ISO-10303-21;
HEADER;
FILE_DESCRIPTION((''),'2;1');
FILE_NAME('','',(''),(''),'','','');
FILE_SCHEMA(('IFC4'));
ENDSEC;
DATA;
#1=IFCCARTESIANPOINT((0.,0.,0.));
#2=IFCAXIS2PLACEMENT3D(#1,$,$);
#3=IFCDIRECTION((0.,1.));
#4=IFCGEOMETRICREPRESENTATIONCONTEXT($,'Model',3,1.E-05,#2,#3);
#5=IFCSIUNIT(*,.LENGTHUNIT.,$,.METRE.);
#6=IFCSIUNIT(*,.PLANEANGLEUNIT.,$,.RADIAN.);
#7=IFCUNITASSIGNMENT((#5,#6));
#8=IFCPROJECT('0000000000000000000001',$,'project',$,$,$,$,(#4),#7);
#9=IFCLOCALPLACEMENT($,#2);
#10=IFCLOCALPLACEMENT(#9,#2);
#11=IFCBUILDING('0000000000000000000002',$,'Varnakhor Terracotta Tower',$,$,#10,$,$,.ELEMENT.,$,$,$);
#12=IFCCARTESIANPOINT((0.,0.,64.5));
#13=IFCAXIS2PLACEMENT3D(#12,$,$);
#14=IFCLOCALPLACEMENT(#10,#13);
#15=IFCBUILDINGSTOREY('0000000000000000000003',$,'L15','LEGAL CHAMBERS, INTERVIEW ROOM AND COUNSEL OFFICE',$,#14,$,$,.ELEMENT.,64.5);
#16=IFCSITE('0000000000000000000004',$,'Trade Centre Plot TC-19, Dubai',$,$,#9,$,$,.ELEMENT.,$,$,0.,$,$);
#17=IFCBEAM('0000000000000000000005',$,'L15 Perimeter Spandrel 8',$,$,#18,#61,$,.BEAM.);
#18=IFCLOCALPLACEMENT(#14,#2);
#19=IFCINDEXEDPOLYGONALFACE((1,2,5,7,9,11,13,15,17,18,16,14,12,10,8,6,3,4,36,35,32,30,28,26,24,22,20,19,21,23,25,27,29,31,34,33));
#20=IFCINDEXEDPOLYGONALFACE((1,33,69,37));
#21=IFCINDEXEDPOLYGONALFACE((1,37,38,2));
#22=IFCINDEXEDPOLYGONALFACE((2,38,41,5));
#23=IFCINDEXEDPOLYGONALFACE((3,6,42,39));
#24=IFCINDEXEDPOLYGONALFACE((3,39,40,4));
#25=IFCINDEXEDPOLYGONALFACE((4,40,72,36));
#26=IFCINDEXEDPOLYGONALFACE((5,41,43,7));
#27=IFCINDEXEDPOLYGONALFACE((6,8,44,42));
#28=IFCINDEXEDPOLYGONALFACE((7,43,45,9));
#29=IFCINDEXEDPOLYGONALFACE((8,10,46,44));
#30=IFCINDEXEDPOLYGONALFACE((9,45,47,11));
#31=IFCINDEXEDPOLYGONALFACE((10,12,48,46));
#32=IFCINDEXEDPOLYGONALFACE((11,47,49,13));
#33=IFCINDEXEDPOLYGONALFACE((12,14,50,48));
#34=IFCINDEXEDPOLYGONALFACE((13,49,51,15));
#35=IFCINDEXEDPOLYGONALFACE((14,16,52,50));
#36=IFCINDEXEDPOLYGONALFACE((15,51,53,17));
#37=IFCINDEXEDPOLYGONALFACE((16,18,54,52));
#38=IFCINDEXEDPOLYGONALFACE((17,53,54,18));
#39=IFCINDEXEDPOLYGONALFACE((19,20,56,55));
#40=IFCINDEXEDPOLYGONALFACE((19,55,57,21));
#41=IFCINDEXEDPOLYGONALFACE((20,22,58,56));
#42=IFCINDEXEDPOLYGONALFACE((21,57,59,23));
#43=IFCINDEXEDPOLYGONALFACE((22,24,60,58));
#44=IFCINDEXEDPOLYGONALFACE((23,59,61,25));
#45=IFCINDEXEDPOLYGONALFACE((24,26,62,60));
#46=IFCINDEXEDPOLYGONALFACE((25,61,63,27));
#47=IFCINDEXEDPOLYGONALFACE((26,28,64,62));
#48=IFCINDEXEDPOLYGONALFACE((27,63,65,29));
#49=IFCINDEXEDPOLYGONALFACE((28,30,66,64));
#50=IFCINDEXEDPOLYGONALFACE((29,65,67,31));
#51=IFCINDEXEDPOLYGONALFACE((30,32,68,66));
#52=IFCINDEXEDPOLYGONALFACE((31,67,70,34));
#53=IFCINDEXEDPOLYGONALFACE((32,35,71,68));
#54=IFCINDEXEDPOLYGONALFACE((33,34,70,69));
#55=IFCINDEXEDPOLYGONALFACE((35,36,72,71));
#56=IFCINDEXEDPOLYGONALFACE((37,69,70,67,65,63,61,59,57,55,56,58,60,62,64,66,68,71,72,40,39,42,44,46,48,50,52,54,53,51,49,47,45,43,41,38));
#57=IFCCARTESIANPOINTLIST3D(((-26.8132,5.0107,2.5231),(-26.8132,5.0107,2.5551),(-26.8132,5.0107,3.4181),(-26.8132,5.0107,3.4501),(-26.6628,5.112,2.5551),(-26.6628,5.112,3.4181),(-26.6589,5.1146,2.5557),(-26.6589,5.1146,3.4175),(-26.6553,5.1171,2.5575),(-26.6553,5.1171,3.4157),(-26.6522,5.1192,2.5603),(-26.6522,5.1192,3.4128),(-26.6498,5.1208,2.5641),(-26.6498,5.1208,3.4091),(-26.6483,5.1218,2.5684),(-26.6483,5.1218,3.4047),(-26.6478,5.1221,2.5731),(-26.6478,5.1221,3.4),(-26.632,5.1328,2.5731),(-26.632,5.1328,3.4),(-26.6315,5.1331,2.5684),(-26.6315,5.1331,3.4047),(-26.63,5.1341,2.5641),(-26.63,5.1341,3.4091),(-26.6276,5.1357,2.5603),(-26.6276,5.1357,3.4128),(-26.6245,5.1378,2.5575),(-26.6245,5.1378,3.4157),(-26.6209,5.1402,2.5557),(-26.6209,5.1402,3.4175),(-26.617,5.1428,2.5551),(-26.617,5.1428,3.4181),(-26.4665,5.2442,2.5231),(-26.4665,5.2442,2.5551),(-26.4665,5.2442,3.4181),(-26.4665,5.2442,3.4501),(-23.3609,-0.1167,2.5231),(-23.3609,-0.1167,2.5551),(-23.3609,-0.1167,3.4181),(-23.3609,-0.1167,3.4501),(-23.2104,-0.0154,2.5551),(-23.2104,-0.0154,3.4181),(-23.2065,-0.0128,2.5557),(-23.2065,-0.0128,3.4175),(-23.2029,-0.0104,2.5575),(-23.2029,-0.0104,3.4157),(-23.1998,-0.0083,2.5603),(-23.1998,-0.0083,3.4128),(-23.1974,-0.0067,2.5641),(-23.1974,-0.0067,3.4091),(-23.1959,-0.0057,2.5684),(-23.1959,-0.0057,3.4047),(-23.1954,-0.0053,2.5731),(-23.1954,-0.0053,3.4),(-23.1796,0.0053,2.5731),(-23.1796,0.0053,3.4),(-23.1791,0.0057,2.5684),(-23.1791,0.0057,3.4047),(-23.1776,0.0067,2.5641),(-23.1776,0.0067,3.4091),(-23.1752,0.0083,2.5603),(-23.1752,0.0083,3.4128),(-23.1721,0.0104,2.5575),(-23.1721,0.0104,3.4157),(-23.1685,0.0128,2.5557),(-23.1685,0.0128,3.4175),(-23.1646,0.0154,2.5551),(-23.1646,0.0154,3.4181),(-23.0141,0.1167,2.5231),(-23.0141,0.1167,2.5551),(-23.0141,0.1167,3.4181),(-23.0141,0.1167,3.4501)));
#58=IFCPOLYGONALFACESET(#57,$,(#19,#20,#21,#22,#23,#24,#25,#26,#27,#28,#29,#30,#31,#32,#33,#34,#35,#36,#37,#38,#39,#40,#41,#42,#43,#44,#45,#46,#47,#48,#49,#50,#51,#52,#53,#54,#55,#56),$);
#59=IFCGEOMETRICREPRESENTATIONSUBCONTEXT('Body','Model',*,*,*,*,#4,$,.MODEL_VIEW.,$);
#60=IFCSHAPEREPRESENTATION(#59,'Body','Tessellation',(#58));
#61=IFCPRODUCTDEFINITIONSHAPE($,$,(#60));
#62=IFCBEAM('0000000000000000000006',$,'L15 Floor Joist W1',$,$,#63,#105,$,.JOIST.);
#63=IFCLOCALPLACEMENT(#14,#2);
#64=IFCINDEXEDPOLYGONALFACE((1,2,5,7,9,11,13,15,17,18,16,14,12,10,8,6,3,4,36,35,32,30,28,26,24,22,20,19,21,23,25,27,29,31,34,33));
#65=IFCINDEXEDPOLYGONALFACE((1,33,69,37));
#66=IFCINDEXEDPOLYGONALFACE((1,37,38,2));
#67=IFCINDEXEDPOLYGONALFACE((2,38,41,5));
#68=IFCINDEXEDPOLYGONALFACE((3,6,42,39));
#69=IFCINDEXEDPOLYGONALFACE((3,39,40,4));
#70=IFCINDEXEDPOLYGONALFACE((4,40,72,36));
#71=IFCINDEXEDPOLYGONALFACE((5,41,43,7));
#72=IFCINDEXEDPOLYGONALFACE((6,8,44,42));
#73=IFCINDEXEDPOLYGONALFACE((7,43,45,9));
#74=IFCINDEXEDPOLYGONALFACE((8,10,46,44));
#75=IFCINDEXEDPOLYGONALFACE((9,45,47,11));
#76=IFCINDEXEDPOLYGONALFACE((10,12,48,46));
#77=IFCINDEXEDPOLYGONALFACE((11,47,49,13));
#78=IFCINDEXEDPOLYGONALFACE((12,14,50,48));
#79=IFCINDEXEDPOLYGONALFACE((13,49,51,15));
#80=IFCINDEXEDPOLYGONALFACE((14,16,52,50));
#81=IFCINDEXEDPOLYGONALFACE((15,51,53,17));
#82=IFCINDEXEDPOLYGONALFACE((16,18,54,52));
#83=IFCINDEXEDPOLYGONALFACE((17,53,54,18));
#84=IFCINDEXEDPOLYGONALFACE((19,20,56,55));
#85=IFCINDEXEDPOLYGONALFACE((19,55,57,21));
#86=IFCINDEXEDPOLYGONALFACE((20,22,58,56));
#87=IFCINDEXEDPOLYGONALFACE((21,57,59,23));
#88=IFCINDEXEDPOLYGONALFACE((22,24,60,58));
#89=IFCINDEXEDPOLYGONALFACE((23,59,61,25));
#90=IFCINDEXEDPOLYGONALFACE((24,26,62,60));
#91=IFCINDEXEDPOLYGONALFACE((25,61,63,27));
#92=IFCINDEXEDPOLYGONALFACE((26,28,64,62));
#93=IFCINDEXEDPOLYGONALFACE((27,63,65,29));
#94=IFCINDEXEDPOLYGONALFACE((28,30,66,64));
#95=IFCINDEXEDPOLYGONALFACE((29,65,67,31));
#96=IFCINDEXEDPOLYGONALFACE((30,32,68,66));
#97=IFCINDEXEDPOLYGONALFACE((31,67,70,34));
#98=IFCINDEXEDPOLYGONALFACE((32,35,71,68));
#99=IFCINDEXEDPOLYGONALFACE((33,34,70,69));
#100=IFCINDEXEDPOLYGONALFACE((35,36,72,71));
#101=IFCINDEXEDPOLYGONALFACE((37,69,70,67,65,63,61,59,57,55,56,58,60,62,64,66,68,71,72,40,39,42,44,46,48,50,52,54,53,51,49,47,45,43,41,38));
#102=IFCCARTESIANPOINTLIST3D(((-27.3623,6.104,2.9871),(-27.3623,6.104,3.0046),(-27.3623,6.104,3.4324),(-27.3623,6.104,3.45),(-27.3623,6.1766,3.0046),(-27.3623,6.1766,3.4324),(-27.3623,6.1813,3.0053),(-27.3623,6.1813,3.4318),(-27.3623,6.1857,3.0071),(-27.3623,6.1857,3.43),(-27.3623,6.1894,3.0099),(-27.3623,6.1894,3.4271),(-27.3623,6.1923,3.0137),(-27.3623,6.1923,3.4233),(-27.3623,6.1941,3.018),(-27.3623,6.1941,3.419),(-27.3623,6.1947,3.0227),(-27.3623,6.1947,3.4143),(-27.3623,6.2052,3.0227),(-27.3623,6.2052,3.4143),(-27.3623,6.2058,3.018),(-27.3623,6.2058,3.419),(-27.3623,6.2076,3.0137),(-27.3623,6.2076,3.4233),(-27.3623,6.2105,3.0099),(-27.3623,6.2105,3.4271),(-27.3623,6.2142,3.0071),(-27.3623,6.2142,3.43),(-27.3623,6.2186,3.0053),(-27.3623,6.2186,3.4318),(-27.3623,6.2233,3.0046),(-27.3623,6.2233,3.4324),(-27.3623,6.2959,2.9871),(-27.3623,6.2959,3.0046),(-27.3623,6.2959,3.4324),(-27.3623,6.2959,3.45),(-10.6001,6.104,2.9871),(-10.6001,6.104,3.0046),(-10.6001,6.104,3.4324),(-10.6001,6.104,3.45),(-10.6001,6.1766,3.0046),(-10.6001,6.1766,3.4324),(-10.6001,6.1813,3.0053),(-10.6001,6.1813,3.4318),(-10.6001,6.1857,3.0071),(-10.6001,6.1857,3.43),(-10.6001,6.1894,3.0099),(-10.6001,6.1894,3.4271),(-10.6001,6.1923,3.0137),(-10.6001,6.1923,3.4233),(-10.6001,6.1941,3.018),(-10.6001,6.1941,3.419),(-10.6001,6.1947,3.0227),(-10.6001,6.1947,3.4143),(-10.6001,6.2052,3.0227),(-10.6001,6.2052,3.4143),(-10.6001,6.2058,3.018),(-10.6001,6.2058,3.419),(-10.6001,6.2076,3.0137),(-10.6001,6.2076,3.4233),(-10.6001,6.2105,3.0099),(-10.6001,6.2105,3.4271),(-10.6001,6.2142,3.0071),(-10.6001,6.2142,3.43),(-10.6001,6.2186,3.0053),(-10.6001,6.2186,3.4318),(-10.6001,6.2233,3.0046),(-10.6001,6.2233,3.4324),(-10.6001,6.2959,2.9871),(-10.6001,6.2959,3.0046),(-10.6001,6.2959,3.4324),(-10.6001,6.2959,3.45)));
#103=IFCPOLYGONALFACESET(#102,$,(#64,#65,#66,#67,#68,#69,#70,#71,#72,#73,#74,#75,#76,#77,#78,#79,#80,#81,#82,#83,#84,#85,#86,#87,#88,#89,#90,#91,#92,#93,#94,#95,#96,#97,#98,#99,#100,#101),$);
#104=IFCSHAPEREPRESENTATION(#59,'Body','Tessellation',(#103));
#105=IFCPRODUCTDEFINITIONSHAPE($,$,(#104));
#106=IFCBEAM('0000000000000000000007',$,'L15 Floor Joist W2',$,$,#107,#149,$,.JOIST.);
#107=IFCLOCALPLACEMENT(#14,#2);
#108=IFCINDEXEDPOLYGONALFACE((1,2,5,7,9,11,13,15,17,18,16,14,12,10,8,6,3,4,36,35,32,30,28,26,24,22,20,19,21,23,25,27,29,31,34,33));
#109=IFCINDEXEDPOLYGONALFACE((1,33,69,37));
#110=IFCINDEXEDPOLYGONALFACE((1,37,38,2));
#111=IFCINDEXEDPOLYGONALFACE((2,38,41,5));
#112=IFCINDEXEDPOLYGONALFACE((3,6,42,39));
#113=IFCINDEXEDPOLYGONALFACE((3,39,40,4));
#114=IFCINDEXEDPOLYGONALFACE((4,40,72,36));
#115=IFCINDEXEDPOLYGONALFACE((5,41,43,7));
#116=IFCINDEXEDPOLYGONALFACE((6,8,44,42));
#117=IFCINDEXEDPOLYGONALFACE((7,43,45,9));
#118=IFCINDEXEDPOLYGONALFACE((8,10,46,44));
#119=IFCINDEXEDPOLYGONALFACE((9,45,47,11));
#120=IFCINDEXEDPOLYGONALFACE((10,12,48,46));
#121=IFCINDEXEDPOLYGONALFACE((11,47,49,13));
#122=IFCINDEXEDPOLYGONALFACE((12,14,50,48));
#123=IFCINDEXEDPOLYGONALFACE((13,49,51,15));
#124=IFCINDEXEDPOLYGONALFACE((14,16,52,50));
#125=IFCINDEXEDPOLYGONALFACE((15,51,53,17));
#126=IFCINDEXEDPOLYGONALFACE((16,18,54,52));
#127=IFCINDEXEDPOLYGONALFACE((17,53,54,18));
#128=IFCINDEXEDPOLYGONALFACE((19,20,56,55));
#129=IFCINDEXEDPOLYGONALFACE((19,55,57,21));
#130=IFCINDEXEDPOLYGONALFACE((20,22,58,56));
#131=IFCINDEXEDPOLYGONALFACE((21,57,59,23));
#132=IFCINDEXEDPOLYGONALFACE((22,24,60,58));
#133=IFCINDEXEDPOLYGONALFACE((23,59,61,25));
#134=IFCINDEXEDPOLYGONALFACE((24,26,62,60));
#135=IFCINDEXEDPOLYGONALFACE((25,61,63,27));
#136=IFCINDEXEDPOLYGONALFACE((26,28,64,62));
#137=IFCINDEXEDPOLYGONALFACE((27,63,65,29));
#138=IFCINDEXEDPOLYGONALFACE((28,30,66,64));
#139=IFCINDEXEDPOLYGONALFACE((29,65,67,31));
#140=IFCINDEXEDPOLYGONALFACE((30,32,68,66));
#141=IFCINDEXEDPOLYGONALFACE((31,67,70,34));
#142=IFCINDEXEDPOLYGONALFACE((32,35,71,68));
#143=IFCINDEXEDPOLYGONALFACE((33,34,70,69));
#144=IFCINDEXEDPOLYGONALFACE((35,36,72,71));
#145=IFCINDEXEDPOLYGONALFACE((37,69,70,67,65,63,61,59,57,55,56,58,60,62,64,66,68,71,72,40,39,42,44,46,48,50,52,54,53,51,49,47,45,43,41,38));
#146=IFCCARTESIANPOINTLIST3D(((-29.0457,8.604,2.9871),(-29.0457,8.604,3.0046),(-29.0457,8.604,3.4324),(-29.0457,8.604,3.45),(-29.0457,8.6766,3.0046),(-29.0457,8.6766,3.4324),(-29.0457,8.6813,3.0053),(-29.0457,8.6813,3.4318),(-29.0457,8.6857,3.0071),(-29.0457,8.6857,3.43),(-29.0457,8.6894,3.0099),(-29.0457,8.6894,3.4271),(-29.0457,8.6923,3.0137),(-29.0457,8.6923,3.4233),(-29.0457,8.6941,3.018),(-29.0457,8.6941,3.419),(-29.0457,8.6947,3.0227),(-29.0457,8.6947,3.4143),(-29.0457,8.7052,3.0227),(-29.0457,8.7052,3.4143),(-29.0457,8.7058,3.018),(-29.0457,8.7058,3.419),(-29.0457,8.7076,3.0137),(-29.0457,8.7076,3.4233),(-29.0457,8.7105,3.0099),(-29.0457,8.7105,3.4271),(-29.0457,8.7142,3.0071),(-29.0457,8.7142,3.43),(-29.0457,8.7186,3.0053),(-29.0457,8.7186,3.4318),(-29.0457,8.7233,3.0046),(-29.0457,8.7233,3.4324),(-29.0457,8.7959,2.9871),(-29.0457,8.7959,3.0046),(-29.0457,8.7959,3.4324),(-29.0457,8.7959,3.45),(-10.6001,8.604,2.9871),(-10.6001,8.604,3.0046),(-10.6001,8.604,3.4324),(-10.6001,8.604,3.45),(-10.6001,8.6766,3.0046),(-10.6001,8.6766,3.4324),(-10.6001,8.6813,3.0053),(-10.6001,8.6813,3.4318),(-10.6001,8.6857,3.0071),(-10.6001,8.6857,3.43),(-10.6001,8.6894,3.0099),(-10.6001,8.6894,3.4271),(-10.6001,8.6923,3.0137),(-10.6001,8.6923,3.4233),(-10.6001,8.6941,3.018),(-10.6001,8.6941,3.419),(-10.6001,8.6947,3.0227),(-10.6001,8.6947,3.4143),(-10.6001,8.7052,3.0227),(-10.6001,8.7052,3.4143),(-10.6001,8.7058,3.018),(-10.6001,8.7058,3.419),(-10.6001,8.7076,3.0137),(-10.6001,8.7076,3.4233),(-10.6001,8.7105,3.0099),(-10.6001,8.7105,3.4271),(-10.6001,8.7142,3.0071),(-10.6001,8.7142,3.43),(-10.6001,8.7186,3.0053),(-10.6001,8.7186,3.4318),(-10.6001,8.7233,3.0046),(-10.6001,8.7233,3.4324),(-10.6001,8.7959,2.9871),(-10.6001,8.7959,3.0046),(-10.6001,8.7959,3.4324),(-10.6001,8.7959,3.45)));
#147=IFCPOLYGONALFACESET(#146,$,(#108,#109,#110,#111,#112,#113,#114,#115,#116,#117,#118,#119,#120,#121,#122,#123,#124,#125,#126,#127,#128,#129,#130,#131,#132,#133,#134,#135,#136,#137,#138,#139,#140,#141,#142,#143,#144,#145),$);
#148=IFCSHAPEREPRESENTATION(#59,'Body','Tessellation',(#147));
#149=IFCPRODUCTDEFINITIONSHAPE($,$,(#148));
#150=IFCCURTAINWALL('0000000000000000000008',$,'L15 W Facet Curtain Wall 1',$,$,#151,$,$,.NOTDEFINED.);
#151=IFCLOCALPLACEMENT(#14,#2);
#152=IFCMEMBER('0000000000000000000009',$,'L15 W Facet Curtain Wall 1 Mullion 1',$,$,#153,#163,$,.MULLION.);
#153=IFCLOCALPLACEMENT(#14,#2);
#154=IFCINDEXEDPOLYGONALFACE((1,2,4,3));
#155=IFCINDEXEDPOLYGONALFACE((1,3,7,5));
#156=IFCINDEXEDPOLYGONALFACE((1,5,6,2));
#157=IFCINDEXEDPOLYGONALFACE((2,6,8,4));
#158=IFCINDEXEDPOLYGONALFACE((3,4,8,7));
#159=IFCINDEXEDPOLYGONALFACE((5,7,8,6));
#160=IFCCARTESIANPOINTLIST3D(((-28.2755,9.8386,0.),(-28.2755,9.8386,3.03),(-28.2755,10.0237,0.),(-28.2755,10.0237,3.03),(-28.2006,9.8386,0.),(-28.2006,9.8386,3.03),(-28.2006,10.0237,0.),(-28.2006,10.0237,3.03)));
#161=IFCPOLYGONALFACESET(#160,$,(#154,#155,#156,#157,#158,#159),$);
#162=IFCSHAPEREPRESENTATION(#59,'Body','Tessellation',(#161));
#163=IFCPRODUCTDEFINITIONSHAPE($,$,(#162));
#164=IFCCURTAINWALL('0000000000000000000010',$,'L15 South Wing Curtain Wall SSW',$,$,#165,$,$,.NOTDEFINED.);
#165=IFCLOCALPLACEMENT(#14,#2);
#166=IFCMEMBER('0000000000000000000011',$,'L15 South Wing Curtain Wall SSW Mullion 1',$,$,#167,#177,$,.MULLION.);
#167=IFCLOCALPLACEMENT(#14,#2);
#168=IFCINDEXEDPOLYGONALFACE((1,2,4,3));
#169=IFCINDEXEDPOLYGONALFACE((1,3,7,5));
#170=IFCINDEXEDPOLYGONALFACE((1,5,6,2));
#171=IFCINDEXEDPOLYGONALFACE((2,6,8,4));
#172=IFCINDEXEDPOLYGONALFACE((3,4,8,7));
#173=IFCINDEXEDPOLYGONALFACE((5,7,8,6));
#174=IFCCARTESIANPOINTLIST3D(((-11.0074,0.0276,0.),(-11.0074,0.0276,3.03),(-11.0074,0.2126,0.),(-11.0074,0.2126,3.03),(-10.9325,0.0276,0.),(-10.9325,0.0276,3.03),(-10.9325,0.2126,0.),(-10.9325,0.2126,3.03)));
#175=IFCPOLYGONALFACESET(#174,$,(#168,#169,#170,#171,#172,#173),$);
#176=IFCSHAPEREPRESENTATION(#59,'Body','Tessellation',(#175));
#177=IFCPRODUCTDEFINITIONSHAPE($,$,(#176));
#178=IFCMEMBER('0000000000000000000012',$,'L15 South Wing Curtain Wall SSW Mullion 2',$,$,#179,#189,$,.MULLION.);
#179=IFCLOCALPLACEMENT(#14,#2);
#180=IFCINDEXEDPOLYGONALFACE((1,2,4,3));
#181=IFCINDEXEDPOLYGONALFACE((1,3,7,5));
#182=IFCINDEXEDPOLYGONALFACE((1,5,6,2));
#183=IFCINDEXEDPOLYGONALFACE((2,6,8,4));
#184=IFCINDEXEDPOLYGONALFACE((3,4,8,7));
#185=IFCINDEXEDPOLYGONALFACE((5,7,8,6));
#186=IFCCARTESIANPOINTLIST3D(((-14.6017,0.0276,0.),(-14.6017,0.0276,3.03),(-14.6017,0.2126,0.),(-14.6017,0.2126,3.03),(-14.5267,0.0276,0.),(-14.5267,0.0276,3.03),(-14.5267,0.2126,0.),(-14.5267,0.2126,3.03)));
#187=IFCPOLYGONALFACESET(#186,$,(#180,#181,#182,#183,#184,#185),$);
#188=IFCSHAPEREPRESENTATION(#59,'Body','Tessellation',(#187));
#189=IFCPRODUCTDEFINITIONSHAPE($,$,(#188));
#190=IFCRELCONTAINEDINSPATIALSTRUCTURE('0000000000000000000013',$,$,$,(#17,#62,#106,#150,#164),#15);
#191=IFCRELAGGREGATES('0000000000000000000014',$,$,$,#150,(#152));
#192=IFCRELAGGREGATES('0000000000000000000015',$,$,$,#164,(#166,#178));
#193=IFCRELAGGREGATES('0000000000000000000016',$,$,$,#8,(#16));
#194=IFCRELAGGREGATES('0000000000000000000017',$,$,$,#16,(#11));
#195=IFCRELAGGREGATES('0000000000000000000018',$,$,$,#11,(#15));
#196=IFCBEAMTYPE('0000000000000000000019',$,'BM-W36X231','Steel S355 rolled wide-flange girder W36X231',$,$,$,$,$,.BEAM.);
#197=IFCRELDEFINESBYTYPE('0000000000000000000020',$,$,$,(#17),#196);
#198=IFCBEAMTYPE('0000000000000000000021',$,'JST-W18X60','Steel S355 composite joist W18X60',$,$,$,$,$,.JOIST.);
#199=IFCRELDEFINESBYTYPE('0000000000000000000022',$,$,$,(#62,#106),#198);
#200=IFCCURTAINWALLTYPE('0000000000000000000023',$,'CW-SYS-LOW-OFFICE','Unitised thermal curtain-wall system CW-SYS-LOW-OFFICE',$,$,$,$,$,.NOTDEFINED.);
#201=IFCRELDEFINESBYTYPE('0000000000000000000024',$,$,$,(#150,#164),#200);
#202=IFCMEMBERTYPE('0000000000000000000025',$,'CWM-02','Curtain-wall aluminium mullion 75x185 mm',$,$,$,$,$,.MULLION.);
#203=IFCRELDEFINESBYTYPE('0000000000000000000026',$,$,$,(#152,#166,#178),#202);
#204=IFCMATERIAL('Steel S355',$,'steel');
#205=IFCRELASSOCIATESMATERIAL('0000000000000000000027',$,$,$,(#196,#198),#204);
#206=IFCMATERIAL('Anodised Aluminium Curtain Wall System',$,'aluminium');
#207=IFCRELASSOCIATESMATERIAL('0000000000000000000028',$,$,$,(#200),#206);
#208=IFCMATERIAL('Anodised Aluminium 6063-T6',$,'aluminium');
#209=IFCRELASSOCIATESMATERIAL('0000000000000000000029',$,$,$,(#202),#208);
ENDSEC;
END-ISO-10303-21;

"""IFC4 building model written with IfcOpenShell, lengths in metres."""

from ifc_helpers import new_model, si_unit, direction, frame, origin, origin_2d, place, context, subcontext, project, spatial, rectangle, i_section, extrude, source, transform, mapped, material, material_profile, profile_set, type_object, type_shapes, element, aggregate, save


model = new_model("IFC4")

# Units and contexts
model_context = context("Model", 3, precision=1e-05, world=origin(), true_north=direction((0.0, 1.0)))
body_context = subcontext(model_context, "Body", "Model", "MODEL_VIEW")
ifc_project = project(units=[si_unit("LENGTHUNIT", "METRE"), si_unit("PLANEANGLEUNIT", "RADIAN")], contexts=[model_context])

# Site, building, storey
site_placement = place(None, origin())
site = spatial("IfcSite", under=ifc_project, at=site_placement, Name="Trade Centre Plot TC-19, Dubai", CompositionType="ELEMENT", RefElevation=0.0)
building_placement = place(site_placement, origin())
building = spatial("IfcBuilding", under=site, at=building_placement, Name="Varnakhor Terracotta Tower", CompositionType="ELEMENT")
storey_placement = place(building_placement, frame((0.0, 0.0, 64.5)))
storey = spatial("IfcBuildingStorey", under=building, at=storey_placement, Name="L15", Description="LEGAL CHAMBERS, INTERVIEW ROOM AND COUNSEL OFFICE", CompositionType="ELEMENT", Elevation=64.5)

# Beams
ifc_material_1 = material(Name="Steel S355", Category="steel")
ifc_material_profile_1 = material_profile(ifc_material_1, i_section(OverallWidth=0.418, OverallDepth=0.927, WebThickness=0.019, FlangeThickness=0.032, FilletRadius=0.0181, at=origin_2d()), Name="W36X231")
ifc_profile_set_1 = profile_set([ifc_material_profile_1], Name="Steel S355")
beam_type_1 = type_object("IfcBeamType", Name="BM-W36X231", Description="Steel S355 rolled wide-flange girder W36X231", PredefinedType="BEAM", material=ifc_profile_set_1)
shared_shape_1 = source(origin(), body_context, "Body", "SweptSolid", [
    extrude(i_section(OverallWidth=0.418, OverallDepth=0.927, WebThickness=0.019, FlangeThickness=0.032, FilletRadius=0.0181, at=origin_2d()), origin(), (0.0, 0.0, 1.0), 6.1814),
])
beam_1_placement = place(storey_placement, frame((-26.6399, 5.1274, 2.9866), z_axis=(0.558513, -0.829496, 0.0), x_axis=(0.829496, 0.558513, 0.0)))
element("IfcBeam", 1, at=beam_1_placement, inside=storey, type_object=beam_type_1, Name="L15 Perimeter Spandrel 8", PredefinedType="BEAM", context=body_context, shape_type="MappedRepresentation", body=[
    mapped(shared_shape_1, transform((0.0, 0.0, 0.0), scale=1.0)),
])
ifc_material_profile_2 = material_profile(ifc_material_1, i_section(OverallWidth=0.1919, OverallDepth=0.4629, WebThickness=0.0105, FlangeThickness=0.0176, FilletRadius=0.0181, at=origin_2d()), Name="W18X60")
ifc_profile_set_2 = profile_set([ifc_material_profile_2], Name="Steel S355")
beam_type_2 = type_object("IfcBeamType", Name="JST-W18X60", Description="Steel S355 composite joist W18X60", PredefinedType="JOIST", material=ifc_profile_set_2)
shared_shape_2 = source(origin(), body_context, "Body", "SweptSolid", [
    extrude(i_section(OverallWidth=0.1919, OverallDepth=0.4629, WebThickness=0.0105, FlangeThickness=0.0176, FilletRadius=0.0181, at=origin_2d()), origin(), (0.0, 0.0, 1.0), 16.7622),
])
beam_2_placement = place(storey_placement, frame((-27.3623, 6.2, 3.2185), z_axis=(1.0, 0.0, 0.0), x_axis=(0.0, 1.0, 0.0)))
element("IfcBeam", 2, at=beam_2_placement, inside=storey, type_object=beam_type_2, Name="L15 Floor Joist W1", PredefinedType="JOIST", context=body_context, shape_type="MappedRepresentation", body=[
    mapped(shared_shape_2, transform((0.0, 0.0, 0.0), scale=1.0)),
])
shared_shape_3 = source(origin(), body_context, "Body", "SweptSolid", [
    extrude(i_section(OverallWidth=0.1919, OverallDepth=0.4629, WebThickness=0.0105, FlangeThickness=0.0176, FilletRadius=0.0181, at=origin_2d()), origin(), (0.0, 0.0, 1.0), 18.4456),
])
beam_3_placement = place(storey_placement, frame((-29.0457, 8.7, 3.2185), z_axis=(1.0, 0.0, 0.0), x_axis=(0.0, 1.0, 0.0)))
element("IfcBeam", 3, at=beam_3_placement, inside=storey, type_object=beam_type_2, Name="L15 Floor Joist W2", PredefinedType="JOIST", context=body_context, shape_type="MappedRepresentation", body=[
    mapped(shared_shape_3, transform((0.0, 0.0, 0.0), scale=1.0)),
])

# Curtain wall, member
ifc_material_2 = material(Name="Anodised Aluminium Curtain Wall System", Category="aluminium")
curtain_wall_type = type_object("IfcCurtainWallType", Name="CW-SYS-LOW-OFFICE", Description="Unitised thermal curtain-wall system CW-SYS-LOW-OFFICE", PredefinedType="NOTDEFINED", material=ifc_material_2)
curtain_wall_1_placement = place(storey_placement, origin())
curtain_wall_1 = element("IfcCurtainWall", 4, at=curtain_wall_1_placement, inside=storey, type_object=curtain_wall_type, Name="L15 W Facet Curtain Wall 1", PredefinedType="NOTDEFINED")
ifc_material_3 = material(Name="Anodised Aluminium 6063-T6", Category="aluminium")
ifc_material_profile_3 = material_profile(ifc_material_3, rectangle(XDim=0.075, YDim=0.1851, at=origin_2d()), Name="ALU MULLION 75x185")
ifc_profile_set_3 = profile_set([ifc_material_profile_3], Name="Anodised Aluminium 6063-T6")
member_type_1 = type_object("IfcMemberType", Name="CWM-02", Description="Curtain-wall aluminium mullion 75x185 mm", PredefinedType="MULLION", material=ifc_profile_set_3)
shared_shape_4 = source(origin(), body_context, "Body", "SweptSolid", [
    extrude(rectangle(XDim=0.075, YDim=0.1851, at=origin_2d()), origin(), (0.0, 0.0, 1.0), 3.03),
])
type_shapes(member_type_1, [shared_shape_4])
member_1_placement = place(storey_placement, frame((-28.238, 9.9312, 0.0), z_axis=(0.0, 0.0, 1.0), x_axis=(1.0, 0.0, 0.0)))
member_1 = element("IfcMember", 5, at=member_1_placement, type_object=member_type_1, Name="L15 W Facet Curtain Wall 1 Mullion 1", PredefinedType="MULLION", context=body_context, shape_type="MappedRepresentation", body=[
    mapped(shared_shape_4, transform((0.0, 0.0, 0.0), scale=1.0)),
])

# Curtain wall, members
curtain_wall_2_placement = place(storey_placement, origin())
curtain_wall_2 = element("IfcCurtainWall", 6, at=curtain_wall_2_placement, inside=storey, type_object=curtain_wall_type, Name="L15 South Wing Curtain Wall SSW", PredefinedType="NOTDEFINED")
member_2_placement = place(storey_placement, frame((-10.97, 0.1201, 0.0), z_axis=(0.0, 0.0, 1.0), x_axis=(1.0, 0.0, 0.0)))
member_2 = element("IfcMember", 7, at=member_2_placement, type_object=member_type_1, Name="L15 South Wing Curtain Wall SSW Mullion 1", PredefinedType="MULLION", context=body_context, shape_type="MappedRepresentation", body=[
    mapped(shared_shape_4, transform((0.0, 0.0, 0.0), scale=1.0)),
])
member_3_placement = place(storey_placement, frame((-14.5642, 0.1201, 0.0), z_axis=(0.0, 0.0, 1.0), x_axis=(1.0, 0.0, 0.0)))
member_3 = element("IfcMember", 8, at=member_3_placement, type_object=member_type_1, Name="L15 South Wing Curtain Wall SSW Mullion 2", PredefinedType="MULLION", context=body_context, shape_type="MappedRepresentation", body=[
    mapped(shared_shape_4, transform((0.0, 0.0, 0.0), scale=1.0)),
])

aggregate(curtain_wall_1, [member_1])
aggregate(curtain_wall_2, [member_2, member_3])

save(model, "model.ifc")
